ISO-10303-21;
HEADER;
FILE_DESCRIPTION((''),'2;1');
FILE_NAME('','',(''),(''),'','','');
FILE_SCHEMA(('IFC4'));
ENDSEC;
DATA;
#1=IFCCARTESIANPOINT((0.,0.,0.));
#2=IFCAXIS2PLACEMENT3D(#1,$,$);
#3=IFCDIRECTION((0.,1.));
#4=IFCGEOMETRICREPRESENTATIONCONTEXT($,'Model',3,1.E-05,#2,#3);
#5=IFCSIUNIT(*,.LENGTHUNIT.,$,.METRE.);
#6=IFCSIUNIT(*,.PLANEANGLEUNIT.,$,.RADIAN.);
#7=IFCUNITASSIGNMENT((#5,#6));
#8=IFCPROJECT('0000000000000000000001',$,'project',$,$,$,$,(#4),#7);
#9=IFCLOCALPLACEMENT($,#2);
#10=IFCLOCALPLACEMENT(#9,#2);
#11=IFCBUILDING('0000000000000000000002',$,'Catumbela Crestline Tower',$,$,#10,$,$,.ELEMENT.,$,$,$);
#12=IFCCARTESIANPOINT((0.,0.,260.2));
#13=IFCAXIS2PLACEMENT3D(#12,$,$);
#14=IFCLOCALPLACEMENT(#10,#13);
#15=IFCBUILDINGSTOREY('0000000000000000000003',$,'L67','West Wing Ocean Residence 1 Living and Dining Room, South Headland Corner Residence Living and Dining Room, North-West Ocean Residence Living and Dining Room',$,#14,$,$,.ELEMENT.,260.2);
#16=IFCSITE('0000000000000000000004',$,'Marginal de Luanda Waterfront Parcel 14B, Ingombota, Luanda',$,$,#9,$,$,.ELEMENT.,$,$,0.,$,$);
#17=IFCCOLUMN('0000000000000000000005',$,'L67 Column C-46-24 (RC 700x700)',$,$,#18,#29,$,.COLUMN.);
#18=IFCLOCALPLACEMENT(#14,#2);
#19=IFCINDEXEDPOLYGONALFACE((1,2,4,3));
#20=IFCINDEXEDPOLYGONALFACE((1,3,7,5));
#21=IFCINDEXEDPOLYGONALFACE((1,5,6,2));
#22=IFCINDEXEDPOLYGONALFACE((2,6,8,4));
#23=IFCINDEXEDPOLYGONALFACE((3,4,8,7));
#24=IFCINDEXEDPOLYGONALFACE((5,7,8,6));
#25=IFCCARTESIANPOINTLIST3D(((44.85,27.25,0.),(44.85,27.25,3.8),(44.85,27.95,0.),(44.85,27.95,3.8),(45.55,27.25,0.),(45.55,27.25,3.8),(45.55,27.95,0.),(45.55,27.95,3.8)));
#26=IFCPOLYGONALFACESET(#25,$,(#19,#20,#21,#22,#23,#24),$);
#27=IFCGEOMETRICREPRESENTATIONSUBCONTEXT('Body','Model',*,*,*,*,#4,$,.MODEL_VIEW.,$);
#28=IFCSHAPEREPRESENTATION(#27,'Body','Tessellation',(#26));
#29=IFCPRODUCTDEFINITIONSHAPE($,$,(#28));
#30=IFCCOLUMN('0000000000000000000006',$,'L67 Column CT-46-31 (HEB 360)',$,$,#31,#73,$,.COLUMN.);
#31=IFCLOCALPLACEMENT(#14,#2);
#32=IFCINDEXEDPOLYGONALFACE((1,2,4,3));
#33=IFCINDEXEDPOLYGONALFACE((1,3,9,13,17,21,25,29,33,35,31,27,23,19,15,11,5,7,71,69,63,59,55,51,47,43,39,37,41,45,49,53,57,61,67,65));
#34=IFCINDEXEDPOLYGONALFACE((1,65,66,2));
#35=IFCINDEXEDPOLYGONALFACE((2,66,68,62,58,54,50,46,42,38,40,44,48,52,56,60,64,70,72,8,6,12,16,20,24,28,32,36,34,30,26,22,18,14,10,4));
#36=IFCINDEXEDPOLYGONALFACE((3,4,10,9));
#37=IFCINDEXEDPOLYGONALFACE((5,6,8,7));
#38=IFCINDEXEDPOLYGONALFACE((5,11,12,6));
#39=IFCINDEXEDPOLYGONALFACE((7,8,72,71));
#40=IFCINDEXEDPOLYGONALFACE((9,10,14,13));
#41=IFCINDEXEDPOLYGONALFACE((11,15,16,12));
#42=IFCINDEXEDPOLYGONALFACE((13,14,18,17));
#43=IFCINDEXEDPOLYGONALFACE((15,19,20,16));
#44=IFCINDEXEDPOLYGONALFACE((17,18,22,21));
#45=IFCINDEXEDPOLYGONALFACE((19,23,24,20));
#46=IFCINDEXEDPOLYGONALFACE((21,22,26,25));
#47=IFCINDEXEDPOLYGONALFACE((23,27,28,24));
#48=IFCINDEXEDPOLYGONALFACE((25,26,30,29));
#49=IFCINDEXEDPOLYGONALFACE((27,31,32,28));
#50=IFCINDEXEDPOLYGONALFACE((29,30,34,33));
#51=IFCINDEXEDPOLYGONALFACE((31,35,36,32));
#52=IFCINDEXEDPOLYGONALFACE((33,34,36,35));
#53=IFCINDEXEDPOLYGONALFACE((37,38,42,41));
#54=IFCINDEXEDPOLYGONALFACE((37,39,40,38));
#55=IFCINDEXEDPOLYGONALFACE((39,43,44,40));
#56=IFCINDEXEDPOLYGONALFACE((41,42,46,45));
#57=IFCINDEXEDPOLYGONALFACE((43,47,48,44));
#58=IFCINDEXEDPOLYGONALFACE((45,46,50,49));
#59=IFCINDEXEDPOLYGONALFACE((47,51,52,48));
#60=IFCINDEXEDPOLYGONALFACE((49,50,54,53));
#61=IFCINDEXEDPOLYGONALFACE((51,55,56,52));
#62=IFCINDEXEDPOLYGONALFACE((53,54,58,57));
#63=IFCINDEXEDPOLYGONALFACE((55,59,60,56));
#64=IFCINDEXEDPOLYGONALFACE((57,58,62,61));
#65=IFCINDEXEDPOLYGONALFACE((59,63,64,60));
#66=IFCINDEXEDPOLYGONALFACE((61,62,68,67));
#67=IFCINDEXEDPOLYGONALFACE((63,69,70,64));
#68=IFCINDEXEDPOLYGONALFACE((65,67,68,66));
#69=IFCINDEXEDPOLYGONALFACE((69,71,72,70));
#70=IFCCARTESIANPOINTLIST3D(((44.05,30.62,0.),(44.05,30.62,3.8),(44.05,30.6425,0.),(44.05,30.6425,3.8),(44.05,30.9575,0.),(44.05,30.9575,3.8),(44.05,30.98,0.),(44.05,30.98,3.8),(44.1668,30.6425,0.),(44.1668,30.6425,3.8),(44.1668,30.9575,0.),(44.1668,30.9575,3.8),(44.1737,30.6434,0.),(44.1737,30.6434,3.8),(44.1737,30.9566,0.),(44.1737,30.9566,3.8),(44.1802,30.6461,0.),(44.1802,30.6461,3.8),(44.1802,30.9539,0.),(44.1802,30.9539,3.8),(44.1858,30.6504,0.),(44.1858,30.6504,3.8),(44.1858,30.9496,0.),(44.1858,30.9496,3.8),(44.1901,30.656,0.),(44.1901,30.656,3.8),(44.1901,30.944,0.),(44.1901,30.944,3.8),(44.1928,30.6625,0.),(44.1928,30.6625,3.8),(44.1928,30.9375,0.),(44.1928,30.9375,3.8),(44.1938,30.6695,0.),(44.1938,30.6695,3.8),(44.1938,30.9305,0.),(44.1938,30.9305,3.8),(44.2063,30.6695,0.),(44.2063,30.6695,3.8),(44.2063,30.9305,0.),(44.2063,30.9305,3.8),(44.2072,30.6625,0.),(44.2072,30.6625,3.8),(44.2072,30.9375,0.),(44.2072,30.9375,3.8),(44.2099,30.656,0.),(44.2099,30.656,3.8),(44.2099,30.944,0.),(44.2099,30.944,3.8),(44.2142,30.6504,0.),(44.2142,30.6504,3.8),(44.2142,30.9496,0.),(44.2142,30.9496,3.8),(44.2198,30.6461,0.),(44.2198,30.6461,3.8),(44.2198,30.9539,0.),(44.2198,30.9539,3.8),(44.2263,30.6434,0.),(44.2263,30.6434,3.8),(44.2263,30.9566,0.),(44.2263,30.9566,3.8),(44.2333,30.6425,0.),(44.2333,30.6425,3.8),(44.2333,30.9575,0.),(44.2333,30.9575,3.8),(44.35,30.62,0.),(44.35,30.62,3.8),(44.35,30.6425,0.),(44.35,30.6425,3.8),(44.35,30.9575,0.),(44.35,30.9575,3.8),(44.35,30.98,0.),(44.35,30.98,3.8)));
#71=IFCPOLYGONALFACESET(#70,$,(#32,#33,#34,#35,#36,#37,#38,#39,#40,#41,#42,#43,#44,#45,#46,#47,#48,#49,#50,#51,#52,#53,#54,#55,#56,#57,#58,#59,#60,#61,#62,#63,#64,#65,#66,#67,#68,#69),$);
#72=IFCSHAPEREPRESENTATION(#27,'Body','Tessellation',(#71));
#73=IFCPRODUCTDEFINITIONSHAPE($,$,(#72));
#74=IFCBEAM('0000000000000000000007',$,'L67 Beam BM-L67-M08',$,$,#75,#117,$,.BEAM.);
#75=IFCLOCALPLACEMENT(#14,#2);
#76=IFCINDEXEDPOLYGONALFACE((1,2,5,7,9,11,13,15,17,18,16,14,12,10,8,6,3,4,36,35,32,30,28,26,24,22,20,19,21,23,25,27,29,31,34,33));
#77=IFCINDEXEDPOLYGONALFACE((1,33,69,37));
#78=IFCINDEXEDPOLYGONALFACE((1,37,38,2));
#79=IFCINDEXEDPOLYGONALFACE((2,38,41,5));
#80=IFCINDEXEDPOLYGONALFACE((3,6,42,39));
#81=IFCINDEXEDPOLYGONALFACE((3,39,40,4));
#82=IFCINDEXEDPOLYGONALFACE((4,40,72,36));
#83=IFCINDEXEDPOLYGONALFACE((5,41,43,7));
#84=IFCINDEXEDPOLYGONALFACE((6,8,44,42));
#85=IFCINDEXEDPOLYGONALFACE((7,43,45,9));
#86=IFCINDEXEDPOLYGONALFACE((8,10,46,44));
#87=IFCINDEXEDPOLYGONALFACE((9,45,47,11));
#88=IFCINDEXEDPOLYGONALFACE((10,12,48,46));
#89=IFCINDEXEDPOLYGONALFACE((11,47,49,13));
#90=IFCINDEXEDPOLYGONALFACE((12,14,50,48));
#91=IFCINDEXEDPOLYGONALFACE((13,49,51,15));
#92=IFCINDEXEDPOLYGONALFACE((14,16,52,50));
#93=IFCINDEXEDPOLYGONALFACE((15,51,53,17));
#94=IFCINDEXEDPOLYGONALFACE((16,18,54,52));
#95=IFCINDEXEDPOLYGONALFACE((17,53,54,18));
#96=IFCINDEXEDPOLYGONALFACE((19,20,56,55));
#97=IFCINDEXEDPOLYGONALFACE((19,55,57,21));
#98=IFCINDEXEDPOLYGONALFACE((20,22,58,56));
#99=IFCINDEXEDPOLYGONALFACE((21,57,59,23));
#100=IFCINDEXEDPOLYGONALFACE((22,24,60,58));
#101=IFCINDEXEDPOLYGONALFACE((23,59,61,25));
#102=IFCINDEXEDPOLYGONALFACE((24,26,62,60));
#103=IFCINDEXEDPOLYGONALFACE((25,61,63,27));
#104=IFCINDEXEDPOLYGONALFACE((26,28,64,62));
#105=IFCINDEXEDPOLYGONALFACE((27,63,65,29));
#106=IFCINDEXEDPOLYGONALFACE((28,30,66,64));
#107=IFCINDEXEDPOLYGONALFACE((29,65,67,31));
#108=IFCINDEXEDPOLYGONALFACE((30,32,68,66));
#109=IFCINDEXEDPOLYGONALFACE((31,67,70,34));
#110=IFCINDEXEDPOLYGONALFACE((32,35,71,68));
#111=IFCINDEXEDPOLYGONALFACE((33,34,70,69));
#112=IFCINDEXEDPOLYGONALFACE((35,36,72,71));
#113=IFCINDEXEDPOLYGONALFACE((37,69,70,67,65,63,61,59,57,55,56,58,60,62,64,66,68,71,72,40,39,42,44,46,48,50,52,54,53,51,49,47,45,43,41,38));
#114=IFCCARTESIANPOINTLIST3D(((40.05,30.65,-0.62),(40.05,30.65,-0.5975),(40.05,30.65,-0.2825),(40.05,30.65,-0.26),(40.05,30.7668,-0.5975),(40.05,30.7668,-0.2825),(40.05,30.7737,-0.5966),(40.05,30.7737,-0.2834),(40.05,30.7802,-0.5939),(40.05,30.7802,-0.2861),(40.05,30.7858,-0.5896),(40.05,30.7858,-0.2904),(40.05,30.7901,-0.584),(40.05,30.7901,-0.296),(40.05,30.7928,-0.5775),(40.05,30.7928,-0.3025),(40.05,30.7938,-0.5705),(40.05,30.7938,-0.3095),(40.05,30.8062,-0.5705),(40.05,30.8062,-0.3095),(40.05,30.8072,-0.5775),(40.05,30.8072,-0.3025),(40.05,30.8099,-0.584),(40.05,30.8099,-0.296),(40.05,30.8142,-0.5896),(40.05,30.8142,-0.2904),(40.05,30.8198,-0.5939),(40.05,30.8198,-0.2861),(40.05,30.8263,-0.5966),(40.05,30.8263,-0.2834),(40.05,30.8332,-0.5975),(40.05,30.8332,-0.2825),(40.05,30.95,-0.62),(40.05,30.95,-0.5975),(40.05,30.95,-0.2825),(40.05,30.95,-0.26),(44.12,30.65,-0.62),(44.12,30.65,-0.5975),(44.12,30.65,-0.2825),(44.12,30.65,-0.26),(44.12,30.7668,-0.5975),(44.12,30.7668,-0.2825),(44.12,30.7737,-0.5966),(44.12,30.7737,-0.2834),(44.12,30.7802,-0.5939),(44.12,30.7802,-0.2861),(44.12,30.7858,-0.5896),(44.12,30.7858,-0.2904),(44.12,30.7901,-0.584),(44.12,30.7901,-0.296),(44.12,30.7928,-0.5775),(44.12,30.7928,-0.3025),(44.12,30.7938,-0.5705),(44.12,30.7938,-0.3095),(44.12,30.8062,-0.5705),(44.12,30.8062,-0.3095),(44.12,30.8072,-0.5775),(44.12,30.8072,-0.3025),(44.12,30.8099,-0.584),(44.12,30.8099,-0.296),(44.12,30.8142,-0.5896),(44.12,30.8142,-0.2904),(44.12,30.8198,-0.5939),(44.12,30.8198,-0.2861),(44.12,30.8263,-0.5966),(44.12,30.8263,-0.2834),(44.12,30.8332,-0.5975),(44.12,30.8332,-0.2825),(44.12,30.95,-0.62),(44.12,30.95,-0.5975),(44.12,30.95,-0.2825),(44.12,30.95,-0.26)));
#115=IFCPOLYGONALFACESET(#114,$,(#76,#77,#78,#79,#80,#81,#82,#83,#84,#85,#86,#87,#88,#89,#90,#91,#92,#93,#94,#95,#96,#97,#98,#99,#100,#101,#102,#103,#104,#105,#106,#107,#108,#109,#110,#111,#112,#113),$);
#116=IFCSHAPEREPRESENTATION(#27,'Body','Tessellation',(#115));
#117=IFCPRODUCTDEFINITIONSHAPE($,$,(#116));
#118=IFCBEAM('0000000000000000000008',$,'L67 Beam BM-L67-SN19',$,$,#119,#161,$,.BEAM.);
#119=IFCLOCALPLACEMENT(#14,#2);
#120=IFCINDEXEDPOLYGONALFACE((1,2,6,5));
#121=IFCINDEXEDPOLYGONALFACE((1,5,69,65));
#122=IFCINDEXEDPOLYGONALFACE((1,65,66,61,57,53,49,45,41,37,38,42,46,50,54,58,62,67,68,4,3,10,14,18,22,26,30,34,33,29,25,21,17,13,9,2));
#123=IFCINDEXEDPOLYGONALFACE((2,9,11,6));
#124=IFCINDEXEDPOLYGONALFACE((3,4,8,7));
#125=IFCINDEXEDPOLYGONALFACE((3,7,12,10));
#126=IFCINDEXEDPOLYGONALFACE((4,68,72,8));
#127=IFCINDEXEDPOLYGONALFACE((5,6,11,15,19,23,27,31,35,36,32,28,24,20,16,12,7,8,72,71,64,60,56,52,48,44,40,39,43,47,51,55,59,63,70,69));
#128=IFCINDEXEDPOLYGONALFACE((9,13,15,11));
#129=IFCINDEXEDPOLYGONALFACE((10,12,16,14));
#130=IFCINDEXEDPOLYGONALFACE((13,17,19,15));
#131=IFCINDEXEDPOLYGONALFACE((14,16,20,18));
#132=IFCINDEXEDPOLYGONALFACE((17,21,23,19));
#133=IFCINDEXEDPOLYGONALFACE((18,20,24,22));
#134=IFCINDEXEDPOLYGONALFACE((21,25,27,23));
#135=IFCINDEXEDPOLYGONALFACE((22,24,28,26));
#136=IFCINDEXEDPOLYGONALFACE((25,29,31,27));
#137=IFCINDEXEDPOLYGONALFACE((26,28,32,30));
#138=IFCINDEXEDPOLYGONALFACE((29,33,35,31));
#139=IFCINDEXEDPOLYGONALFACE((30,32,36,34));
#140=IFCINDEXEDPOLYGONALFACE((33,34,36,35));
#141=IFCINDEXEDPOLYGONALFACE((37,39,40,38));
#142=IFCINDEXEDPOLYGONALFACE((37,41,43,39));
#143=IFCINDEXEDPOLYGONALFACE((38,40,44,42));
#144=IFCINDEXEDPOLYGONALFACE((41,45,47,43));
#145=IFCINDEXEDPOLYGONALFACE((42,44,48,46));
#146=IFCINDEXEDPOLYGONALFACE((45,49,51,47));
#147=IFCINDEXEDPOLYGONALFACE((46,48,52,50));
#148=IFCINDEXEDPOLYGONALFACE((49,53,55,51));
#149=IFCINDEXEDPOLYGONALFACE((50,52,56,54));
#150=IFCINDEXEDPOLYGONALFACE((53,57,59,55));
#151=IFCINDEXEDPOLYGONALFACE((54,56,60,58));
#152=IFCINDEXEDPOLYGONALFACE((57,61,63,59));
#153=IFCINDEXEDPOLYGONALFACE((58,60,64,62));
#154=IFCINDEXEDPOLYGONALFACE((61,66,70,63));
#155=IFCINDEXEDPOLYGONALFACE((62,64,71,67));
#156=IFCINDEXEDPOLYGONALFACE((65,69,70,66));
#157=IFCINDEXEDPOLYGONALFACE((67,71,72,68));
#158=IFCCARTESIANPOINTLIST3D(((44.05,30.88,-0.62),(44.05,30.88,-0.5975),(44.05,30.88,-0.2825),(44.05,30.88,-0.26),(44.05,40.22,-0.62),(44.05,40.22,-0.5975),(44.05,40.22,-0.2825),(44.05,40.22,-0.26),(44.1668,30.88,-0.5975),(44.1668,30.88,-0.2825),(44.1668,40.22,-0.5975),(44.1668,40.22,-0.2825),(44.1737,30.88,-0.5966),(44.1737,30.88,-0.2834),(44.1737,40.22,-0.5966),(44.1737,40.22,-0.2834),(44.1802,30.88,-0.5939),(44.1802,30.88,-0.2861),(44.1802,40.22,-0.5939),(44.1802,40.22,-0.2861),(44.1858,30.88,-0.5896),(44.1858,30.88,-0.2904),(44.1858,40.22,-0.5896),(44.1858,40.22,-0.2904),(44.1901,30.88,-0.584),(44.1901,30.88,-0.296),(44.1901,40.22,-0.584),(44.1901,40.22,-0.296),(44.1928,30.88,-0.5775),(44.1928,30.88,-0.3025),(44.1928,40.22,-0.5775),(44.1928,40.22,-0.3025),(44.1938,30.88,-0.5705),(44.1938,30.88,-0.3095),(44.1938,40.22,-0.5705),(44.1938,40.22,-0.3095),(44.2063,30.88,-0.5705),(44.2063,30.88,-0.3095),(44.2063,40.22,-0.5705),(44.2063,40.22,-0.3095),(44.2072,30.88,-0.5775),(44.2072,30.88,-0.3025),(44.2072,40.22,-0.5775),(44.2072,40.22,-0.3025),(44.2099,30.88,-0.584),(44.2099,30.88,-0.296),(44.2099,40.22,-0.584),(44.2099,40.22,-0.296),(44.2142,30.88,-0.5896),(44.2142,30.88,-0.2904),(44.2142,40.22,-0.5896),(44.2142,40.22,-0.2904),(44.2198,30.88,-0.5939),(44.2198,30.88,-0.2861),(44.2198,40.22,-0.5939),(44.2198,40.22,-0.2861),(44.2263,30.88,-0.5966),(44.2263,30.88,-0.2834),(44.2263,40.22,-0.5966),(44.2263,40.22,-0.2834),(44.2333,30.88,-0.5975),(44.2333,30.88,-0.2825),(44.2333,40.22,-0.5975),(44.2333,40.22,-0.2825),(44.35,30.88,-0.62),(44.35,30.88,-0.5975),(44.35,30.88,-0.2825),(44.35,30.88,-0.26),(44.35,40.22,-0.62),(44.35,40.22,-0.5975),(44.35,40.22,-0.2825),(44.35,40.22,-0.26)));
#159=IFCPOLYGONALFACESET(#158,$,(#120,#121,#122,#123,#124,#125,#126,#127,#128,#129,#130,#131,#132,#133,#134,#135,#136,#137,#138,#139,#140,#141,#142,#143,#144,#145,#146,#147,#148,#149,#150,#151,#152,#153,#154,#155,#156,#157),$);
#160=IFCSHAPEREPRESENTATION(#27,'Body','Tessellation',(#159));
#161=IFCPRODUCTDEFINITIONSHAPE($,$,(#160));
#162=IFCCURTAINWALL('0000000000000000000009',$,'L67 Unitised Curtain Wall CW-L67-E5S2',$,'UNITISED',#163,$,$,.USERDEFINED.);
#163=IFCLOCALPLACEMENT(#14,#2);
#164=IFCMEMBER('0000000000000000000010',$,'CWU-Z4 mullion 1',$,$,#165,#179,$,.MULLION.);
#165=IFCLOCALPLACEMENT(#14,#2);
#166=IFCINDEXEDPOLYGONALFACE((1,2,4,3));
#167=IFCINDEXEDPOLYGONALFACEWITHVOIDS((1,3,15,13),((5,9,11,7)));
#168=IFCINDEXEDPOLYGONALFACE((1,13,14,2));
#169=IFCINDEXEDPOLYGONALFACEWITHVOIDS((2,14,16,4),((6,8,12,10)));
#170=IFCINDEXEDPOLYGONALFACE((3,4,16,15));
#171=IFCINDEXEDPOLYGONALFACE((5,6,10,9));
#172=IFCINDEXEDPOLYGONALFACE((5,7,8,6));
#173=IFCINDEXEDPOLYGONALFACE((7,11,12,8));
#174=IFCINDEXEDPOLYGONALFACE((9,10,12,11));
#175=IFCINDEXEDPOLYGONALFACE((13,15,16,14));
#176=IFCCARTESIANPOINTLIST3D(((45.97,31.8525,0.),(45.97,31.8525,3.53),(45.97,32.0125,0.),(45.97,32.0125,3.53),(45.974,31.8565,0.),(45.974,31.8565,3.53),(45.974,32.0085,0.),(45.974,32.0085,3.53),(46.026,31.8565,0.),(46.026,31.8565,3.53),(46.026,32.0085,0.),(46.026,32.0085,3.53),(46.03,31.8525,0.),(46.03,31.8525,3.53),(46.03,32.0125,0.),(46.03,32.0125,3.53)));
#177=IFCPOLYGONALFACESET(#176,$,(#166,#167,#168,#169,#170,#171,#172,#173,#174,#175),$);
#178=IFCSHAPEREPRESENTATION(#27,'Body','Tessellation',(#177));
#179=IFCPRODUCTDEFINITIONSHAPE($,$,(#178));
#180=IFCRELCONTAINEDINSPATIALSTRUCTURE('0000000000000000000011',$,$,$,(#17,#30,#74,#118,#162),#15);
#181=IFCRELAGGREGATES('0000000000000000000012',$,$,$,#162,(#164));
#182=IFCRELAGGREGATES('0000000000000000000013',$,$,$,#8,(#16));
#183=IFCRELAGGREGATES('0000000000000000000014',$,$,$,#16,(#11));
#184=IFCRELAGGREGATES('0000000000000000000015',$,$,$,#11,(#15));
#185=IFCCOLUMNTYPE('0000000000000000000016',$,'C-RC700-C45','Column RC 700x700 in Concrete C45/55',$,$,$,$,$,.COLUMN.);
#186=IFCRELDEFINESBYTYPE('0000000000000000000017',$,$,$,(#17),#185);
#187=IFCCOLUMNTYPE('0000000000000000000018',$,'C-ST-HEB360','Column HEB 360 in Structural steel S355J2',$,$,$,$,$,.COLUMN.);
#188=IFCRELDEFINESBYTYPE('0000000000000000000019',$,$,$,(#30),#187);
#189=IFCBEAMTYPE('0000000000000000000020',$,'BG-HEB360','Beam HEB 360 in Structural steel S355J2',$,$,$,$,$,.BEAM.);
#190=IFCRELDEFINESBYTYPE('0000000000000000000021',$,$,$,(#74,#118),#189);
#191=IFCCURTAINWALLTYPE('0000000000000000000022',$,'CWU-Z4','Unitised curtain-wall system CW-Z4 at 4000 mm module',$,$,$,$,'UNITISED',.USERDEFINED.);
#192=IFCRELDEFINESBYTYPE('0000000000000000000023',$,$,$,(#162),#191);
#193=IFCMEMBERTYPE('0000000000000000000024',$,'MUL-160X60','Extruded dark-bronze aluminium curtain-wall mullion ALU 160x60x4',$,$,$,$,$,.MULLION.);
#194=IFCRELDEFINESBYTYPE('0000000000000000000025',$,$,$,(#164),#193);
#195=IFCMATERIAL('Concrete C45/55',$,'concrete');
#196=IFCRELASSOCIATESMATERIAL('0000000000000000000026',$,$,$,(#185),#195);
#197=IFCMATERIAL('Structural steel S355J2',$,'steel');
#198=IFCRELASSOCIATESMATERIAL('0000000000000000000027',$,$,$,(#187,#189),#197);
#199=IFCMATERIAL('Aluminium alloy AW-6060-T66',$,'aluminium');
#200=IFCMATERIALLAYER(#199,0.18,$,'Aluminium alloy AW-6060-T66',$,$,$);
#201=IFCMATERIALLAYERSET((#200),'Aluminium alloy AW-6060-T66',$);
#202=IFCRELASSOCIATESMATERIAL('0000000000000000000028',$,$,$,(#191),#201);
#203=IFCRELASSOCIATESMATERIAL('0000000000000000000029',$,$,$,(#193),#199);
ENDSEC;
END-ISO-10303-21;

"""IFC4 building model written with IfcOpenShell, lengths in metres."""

from ifc_helpers import new_model, si_unit, direction, frame, origin, origin_2d, place, context, subcontext, project, spatial, rectangle, hollow_rectangle, i_section, extrude, material, layer, layer_set, material_profile, profile_set, type_object, element, aggregate, save


model = new_model("IFC4")

# Units and contexts
model_context = context("Model", 3, precision=1e-05, world=origin(), true_north=direction((0.0, 1.0)))
body_context = subcontext(model_context, "Body", "Model", "MODEL_VIEW")
ifc_project = project(units=[si_unit("LENGTHUNIT", "METRE"), si_unit("PLANEANGLEUNIT", "RADIAN")], contexts=[model_context])

# Site, building, storey
site_placement = place(None, origin())
site = spatial("IfcSite", under=ifc_project, at=site_placement, Name="Marginal de Luanda Waterfront Parcel 14B, Ingombota, Luanda", CompositionType="ELEMENT", RefElevation=0.0)
building_placement = place(site_placement, origin())
building = spatial("IfcBuilding", under=site, at=building_placement, Name="Catumbela Crestline Tower", CompositionType="ELEMENT")
storey_placement = place(building_placement, frame((0.0, 0.0, 260.2)))
storey = spatial("IfcBuildingStorey", under=building, at=storey_placement, Name="L67", Description="West Wing Ocean Residence 1 Living and Dining Room, South Headland Corner Residence Living and Dining Room, North-West Ocean Residence Living and Dining Room", CompositionType="ELEMENT", Elevation=260.2)

# Columns
ifc_material_1 = material(Name="Concrete C45/55", Category="concrete")
ifc_material_profile_1 = material_profile(ifc_material_1, rectangle(XDim=0.7, YDim=0.7, at=origin_2d()), Name="RC 700x700")
ifc_profile_set_1 = profile_set([ifc_material_profile_1], Name="Concrete C45/55")
column_type_1 = type_object("IfcColumnType", Name="C-RC700-C45", Description="Column RC 700x700 in Concrete C45/55", PredefinedType="COLUMN", material=ifc_profile_set_1)
column_1_placement = place(storey_placement, frame((45.2, 27.6, 0.0), z_axis=(0.0, 0.0, 1.0), x_axis=(1.0, 0.0, 0.0)))
element("IfcColumn", 1, at=column_1_placement, inside=storey, type_object=column_type_1, Name="L67 Column C-46-24 (RC 700x700)", PredefinedType="COLUMN", context=body_context, shape_type="SweptSolid", body=[
    extrude(rectangle(XDim=0.7, YDim=0.7, at=origin_2d()), origin(), (0.0, 0.0, 1.0), 3.8),
])
ifc_material_2 = material(Name="Structural steel S355J2", Category="steel")
ifc_material_profile_2 = material_profile(ifc_material_2, i_section(OverallWidth=0.3, OverallDepth=0.36, WebThickness=0.0125, FlangeThickness=0.0225, FilletRadius=0.027, at=origin_2d()), Name="HEB 360")
ifc_profile_set_2 = profile_set([ifc_material_profile_2], Name="Structural steel S355J2")
column_type_2 = type_object("IfcColumnType", Name="C-ST-HEB360", Description="Column HEB 360 in Structural steel S355J2", PredefinedType="COLUMN", material=ifc_profile_set_2)
column_2_placement = place(storey_placement, frame((44.2, 30.8, 0.0), z_axis=(0.0, 0.0, 1.0), x_axis=(1.0, 0.0, 0.0)))
element("IfcColumn", 2, at=column_2_placement, inside=storey, type_object=column_type_2, Name="L67 Column CT-46-31 (HEB 360)", PredefinedType="COLUMN", context=body_context, shape_type="SweptSolid", body=[
    extrude(i_section(OverallWidth=0.3, OverallDepth=0.36, WebThickness=0.0125, FlangeThickness=0.0225, FilletRadius=0.027, at=origin_2d()), origin(), (0.0, 0.0, 1.0), 3.8),
])

# Beams
ifc_material_profile_3 = material_profile(ifc_material_2, i_section(OverallWidth=0.3, OverallDepth=0.36, WebThickness=0.0125, FlangeThickness=0.0225, FilletRadius=0.027, at=origin_2d()), Name="HEB 360")
ifc_profile_set_3 = profile_set([ifc_material_profile_3], Name="Structural steel S355J2")
beam_type_1 = type_object("IfcBeamType", Name="BG-HEB360", Description="Beam HEB 360 in Structural steel S355J2", PredefinedType="BEAM", material=ifc_profile_set_3)
beam_1_placement = place(storey_placement, frame((40.05, 30.8, -0.44), z_axis=(1.0, 0.0, 0.0), x_axis=(0.0, 1.0, 0.0)))
element("IfcBeam", 3, at=beam_1_placement, inside=storey, type_object=beam_type_1, Name="L67 Beam BM-L67-M08", PredefinedType="BEAM", context=body_context, shape_type="SweptSolid", body=[
    extrude(i_section(OverallWidth=0.3, OverallDepth=0.36, WebThickness=0.0125, FlangeThickness=0.0225, FilletRadius=0.027, at=origin_2d()), origin(), (0.0, 0.0, 1.0), 4.07),
])
beam_2_placement = place(storey_placement, frame((44.2, 30.88, -0.44), z_axis=(0.0, 1.0, 0.0), x_axis=(-1.0, 0.0, 0.0)))
element("IfcBeam", 4, at=beam_2_placement, inside=storey, type_object=beam_type_1, Name="L67 Beam BM-L67-SN19", PredefinedType="BEAM", context=body_context, shape_type="SweptSolid", body=[
    extrude(i_section(OverallWidth=0.3, OverallDepth=0.36, WebThickness=0.0125, FlangeThickness=0.0225, FilletRadius=0.027, at=origin_2d()), origin(), (0.0, 0.0, 1.0), 9.34),
])

# Curtain wall, member
ifc_material_3 = material(Name="Aluminium alloy AW-6060-T66", Category="aluminium")
ifc_layer_1 = layer(ifc_material_3, 0.18, Name="Aluminium alloy AW-6060-T66")
ifc_layer_set_1 = layer_set([ifc_layer_1], Name="Aluminium alloy AW-6060-T66")
curtain_wall_type = type_object("IfcCurtainWallType", Name="CWU-Z4", Description="Unitised curtain-wall system CW-Z4 at 4000 mm module", ElementType="UNITISED", PredefinedType="USERDEFINED", material=ifc_layer_set_1)
curtain_wall_placement = place(storey_placement, origin())
curtain_wall = element("IfcCurtainWall", 5, at=curtain_wall_placement, inside=storey, type_object=curtain_wall_type, Name="L67 Unitised Curtain Wall CW-L67-E5S2", ObjectType="UNITISED", PredefinedType="USERDEFINED")
ifc_material_profile_4 = material_profile(ifc_material_3, hollow_rectangle(XDim=0.06, YDim=0.16, WallThickness=0.004, at=origin_2d()), Name="ALU 160x60x4")
ifc_profile_set_4 = profile_set([ifc_material_profile_4], Name="Aluminium alloy AW-6060-T66")
member_type_1 = type_object("IfcMemberType", Name="MUL-160X60", Description="Extruded dark-bronze aluminium curtain-wall mullion ALU 160x60x4", PredefinedType="MULLION", material=ifc_profile_set_4)
member_1_placement = place(storey_placement, frame((46.0, 31.9325, 0.0), z_axis=(0.0, 0.0, 1.0), x_axis=(-1.0, 0.0, 0.0)))
member_1 = element("IfcMember", 6, at=member_1_placement, type_object=member_type_1, Name="CWU-Z4 mullion 1", PredefinedType="MULLION", context=body_context, shape_type="SweptSolid", body=[
    extrude(hollow_rectangle(XDim=0.06, YDim=0.16, WallThickness=0.004, at=origin_2d()), origin(), (0.0, 0.0, 1.0), 3.53),
])

aggregate(curtain_wall, [member_1])

save(model, "model.ifc")
